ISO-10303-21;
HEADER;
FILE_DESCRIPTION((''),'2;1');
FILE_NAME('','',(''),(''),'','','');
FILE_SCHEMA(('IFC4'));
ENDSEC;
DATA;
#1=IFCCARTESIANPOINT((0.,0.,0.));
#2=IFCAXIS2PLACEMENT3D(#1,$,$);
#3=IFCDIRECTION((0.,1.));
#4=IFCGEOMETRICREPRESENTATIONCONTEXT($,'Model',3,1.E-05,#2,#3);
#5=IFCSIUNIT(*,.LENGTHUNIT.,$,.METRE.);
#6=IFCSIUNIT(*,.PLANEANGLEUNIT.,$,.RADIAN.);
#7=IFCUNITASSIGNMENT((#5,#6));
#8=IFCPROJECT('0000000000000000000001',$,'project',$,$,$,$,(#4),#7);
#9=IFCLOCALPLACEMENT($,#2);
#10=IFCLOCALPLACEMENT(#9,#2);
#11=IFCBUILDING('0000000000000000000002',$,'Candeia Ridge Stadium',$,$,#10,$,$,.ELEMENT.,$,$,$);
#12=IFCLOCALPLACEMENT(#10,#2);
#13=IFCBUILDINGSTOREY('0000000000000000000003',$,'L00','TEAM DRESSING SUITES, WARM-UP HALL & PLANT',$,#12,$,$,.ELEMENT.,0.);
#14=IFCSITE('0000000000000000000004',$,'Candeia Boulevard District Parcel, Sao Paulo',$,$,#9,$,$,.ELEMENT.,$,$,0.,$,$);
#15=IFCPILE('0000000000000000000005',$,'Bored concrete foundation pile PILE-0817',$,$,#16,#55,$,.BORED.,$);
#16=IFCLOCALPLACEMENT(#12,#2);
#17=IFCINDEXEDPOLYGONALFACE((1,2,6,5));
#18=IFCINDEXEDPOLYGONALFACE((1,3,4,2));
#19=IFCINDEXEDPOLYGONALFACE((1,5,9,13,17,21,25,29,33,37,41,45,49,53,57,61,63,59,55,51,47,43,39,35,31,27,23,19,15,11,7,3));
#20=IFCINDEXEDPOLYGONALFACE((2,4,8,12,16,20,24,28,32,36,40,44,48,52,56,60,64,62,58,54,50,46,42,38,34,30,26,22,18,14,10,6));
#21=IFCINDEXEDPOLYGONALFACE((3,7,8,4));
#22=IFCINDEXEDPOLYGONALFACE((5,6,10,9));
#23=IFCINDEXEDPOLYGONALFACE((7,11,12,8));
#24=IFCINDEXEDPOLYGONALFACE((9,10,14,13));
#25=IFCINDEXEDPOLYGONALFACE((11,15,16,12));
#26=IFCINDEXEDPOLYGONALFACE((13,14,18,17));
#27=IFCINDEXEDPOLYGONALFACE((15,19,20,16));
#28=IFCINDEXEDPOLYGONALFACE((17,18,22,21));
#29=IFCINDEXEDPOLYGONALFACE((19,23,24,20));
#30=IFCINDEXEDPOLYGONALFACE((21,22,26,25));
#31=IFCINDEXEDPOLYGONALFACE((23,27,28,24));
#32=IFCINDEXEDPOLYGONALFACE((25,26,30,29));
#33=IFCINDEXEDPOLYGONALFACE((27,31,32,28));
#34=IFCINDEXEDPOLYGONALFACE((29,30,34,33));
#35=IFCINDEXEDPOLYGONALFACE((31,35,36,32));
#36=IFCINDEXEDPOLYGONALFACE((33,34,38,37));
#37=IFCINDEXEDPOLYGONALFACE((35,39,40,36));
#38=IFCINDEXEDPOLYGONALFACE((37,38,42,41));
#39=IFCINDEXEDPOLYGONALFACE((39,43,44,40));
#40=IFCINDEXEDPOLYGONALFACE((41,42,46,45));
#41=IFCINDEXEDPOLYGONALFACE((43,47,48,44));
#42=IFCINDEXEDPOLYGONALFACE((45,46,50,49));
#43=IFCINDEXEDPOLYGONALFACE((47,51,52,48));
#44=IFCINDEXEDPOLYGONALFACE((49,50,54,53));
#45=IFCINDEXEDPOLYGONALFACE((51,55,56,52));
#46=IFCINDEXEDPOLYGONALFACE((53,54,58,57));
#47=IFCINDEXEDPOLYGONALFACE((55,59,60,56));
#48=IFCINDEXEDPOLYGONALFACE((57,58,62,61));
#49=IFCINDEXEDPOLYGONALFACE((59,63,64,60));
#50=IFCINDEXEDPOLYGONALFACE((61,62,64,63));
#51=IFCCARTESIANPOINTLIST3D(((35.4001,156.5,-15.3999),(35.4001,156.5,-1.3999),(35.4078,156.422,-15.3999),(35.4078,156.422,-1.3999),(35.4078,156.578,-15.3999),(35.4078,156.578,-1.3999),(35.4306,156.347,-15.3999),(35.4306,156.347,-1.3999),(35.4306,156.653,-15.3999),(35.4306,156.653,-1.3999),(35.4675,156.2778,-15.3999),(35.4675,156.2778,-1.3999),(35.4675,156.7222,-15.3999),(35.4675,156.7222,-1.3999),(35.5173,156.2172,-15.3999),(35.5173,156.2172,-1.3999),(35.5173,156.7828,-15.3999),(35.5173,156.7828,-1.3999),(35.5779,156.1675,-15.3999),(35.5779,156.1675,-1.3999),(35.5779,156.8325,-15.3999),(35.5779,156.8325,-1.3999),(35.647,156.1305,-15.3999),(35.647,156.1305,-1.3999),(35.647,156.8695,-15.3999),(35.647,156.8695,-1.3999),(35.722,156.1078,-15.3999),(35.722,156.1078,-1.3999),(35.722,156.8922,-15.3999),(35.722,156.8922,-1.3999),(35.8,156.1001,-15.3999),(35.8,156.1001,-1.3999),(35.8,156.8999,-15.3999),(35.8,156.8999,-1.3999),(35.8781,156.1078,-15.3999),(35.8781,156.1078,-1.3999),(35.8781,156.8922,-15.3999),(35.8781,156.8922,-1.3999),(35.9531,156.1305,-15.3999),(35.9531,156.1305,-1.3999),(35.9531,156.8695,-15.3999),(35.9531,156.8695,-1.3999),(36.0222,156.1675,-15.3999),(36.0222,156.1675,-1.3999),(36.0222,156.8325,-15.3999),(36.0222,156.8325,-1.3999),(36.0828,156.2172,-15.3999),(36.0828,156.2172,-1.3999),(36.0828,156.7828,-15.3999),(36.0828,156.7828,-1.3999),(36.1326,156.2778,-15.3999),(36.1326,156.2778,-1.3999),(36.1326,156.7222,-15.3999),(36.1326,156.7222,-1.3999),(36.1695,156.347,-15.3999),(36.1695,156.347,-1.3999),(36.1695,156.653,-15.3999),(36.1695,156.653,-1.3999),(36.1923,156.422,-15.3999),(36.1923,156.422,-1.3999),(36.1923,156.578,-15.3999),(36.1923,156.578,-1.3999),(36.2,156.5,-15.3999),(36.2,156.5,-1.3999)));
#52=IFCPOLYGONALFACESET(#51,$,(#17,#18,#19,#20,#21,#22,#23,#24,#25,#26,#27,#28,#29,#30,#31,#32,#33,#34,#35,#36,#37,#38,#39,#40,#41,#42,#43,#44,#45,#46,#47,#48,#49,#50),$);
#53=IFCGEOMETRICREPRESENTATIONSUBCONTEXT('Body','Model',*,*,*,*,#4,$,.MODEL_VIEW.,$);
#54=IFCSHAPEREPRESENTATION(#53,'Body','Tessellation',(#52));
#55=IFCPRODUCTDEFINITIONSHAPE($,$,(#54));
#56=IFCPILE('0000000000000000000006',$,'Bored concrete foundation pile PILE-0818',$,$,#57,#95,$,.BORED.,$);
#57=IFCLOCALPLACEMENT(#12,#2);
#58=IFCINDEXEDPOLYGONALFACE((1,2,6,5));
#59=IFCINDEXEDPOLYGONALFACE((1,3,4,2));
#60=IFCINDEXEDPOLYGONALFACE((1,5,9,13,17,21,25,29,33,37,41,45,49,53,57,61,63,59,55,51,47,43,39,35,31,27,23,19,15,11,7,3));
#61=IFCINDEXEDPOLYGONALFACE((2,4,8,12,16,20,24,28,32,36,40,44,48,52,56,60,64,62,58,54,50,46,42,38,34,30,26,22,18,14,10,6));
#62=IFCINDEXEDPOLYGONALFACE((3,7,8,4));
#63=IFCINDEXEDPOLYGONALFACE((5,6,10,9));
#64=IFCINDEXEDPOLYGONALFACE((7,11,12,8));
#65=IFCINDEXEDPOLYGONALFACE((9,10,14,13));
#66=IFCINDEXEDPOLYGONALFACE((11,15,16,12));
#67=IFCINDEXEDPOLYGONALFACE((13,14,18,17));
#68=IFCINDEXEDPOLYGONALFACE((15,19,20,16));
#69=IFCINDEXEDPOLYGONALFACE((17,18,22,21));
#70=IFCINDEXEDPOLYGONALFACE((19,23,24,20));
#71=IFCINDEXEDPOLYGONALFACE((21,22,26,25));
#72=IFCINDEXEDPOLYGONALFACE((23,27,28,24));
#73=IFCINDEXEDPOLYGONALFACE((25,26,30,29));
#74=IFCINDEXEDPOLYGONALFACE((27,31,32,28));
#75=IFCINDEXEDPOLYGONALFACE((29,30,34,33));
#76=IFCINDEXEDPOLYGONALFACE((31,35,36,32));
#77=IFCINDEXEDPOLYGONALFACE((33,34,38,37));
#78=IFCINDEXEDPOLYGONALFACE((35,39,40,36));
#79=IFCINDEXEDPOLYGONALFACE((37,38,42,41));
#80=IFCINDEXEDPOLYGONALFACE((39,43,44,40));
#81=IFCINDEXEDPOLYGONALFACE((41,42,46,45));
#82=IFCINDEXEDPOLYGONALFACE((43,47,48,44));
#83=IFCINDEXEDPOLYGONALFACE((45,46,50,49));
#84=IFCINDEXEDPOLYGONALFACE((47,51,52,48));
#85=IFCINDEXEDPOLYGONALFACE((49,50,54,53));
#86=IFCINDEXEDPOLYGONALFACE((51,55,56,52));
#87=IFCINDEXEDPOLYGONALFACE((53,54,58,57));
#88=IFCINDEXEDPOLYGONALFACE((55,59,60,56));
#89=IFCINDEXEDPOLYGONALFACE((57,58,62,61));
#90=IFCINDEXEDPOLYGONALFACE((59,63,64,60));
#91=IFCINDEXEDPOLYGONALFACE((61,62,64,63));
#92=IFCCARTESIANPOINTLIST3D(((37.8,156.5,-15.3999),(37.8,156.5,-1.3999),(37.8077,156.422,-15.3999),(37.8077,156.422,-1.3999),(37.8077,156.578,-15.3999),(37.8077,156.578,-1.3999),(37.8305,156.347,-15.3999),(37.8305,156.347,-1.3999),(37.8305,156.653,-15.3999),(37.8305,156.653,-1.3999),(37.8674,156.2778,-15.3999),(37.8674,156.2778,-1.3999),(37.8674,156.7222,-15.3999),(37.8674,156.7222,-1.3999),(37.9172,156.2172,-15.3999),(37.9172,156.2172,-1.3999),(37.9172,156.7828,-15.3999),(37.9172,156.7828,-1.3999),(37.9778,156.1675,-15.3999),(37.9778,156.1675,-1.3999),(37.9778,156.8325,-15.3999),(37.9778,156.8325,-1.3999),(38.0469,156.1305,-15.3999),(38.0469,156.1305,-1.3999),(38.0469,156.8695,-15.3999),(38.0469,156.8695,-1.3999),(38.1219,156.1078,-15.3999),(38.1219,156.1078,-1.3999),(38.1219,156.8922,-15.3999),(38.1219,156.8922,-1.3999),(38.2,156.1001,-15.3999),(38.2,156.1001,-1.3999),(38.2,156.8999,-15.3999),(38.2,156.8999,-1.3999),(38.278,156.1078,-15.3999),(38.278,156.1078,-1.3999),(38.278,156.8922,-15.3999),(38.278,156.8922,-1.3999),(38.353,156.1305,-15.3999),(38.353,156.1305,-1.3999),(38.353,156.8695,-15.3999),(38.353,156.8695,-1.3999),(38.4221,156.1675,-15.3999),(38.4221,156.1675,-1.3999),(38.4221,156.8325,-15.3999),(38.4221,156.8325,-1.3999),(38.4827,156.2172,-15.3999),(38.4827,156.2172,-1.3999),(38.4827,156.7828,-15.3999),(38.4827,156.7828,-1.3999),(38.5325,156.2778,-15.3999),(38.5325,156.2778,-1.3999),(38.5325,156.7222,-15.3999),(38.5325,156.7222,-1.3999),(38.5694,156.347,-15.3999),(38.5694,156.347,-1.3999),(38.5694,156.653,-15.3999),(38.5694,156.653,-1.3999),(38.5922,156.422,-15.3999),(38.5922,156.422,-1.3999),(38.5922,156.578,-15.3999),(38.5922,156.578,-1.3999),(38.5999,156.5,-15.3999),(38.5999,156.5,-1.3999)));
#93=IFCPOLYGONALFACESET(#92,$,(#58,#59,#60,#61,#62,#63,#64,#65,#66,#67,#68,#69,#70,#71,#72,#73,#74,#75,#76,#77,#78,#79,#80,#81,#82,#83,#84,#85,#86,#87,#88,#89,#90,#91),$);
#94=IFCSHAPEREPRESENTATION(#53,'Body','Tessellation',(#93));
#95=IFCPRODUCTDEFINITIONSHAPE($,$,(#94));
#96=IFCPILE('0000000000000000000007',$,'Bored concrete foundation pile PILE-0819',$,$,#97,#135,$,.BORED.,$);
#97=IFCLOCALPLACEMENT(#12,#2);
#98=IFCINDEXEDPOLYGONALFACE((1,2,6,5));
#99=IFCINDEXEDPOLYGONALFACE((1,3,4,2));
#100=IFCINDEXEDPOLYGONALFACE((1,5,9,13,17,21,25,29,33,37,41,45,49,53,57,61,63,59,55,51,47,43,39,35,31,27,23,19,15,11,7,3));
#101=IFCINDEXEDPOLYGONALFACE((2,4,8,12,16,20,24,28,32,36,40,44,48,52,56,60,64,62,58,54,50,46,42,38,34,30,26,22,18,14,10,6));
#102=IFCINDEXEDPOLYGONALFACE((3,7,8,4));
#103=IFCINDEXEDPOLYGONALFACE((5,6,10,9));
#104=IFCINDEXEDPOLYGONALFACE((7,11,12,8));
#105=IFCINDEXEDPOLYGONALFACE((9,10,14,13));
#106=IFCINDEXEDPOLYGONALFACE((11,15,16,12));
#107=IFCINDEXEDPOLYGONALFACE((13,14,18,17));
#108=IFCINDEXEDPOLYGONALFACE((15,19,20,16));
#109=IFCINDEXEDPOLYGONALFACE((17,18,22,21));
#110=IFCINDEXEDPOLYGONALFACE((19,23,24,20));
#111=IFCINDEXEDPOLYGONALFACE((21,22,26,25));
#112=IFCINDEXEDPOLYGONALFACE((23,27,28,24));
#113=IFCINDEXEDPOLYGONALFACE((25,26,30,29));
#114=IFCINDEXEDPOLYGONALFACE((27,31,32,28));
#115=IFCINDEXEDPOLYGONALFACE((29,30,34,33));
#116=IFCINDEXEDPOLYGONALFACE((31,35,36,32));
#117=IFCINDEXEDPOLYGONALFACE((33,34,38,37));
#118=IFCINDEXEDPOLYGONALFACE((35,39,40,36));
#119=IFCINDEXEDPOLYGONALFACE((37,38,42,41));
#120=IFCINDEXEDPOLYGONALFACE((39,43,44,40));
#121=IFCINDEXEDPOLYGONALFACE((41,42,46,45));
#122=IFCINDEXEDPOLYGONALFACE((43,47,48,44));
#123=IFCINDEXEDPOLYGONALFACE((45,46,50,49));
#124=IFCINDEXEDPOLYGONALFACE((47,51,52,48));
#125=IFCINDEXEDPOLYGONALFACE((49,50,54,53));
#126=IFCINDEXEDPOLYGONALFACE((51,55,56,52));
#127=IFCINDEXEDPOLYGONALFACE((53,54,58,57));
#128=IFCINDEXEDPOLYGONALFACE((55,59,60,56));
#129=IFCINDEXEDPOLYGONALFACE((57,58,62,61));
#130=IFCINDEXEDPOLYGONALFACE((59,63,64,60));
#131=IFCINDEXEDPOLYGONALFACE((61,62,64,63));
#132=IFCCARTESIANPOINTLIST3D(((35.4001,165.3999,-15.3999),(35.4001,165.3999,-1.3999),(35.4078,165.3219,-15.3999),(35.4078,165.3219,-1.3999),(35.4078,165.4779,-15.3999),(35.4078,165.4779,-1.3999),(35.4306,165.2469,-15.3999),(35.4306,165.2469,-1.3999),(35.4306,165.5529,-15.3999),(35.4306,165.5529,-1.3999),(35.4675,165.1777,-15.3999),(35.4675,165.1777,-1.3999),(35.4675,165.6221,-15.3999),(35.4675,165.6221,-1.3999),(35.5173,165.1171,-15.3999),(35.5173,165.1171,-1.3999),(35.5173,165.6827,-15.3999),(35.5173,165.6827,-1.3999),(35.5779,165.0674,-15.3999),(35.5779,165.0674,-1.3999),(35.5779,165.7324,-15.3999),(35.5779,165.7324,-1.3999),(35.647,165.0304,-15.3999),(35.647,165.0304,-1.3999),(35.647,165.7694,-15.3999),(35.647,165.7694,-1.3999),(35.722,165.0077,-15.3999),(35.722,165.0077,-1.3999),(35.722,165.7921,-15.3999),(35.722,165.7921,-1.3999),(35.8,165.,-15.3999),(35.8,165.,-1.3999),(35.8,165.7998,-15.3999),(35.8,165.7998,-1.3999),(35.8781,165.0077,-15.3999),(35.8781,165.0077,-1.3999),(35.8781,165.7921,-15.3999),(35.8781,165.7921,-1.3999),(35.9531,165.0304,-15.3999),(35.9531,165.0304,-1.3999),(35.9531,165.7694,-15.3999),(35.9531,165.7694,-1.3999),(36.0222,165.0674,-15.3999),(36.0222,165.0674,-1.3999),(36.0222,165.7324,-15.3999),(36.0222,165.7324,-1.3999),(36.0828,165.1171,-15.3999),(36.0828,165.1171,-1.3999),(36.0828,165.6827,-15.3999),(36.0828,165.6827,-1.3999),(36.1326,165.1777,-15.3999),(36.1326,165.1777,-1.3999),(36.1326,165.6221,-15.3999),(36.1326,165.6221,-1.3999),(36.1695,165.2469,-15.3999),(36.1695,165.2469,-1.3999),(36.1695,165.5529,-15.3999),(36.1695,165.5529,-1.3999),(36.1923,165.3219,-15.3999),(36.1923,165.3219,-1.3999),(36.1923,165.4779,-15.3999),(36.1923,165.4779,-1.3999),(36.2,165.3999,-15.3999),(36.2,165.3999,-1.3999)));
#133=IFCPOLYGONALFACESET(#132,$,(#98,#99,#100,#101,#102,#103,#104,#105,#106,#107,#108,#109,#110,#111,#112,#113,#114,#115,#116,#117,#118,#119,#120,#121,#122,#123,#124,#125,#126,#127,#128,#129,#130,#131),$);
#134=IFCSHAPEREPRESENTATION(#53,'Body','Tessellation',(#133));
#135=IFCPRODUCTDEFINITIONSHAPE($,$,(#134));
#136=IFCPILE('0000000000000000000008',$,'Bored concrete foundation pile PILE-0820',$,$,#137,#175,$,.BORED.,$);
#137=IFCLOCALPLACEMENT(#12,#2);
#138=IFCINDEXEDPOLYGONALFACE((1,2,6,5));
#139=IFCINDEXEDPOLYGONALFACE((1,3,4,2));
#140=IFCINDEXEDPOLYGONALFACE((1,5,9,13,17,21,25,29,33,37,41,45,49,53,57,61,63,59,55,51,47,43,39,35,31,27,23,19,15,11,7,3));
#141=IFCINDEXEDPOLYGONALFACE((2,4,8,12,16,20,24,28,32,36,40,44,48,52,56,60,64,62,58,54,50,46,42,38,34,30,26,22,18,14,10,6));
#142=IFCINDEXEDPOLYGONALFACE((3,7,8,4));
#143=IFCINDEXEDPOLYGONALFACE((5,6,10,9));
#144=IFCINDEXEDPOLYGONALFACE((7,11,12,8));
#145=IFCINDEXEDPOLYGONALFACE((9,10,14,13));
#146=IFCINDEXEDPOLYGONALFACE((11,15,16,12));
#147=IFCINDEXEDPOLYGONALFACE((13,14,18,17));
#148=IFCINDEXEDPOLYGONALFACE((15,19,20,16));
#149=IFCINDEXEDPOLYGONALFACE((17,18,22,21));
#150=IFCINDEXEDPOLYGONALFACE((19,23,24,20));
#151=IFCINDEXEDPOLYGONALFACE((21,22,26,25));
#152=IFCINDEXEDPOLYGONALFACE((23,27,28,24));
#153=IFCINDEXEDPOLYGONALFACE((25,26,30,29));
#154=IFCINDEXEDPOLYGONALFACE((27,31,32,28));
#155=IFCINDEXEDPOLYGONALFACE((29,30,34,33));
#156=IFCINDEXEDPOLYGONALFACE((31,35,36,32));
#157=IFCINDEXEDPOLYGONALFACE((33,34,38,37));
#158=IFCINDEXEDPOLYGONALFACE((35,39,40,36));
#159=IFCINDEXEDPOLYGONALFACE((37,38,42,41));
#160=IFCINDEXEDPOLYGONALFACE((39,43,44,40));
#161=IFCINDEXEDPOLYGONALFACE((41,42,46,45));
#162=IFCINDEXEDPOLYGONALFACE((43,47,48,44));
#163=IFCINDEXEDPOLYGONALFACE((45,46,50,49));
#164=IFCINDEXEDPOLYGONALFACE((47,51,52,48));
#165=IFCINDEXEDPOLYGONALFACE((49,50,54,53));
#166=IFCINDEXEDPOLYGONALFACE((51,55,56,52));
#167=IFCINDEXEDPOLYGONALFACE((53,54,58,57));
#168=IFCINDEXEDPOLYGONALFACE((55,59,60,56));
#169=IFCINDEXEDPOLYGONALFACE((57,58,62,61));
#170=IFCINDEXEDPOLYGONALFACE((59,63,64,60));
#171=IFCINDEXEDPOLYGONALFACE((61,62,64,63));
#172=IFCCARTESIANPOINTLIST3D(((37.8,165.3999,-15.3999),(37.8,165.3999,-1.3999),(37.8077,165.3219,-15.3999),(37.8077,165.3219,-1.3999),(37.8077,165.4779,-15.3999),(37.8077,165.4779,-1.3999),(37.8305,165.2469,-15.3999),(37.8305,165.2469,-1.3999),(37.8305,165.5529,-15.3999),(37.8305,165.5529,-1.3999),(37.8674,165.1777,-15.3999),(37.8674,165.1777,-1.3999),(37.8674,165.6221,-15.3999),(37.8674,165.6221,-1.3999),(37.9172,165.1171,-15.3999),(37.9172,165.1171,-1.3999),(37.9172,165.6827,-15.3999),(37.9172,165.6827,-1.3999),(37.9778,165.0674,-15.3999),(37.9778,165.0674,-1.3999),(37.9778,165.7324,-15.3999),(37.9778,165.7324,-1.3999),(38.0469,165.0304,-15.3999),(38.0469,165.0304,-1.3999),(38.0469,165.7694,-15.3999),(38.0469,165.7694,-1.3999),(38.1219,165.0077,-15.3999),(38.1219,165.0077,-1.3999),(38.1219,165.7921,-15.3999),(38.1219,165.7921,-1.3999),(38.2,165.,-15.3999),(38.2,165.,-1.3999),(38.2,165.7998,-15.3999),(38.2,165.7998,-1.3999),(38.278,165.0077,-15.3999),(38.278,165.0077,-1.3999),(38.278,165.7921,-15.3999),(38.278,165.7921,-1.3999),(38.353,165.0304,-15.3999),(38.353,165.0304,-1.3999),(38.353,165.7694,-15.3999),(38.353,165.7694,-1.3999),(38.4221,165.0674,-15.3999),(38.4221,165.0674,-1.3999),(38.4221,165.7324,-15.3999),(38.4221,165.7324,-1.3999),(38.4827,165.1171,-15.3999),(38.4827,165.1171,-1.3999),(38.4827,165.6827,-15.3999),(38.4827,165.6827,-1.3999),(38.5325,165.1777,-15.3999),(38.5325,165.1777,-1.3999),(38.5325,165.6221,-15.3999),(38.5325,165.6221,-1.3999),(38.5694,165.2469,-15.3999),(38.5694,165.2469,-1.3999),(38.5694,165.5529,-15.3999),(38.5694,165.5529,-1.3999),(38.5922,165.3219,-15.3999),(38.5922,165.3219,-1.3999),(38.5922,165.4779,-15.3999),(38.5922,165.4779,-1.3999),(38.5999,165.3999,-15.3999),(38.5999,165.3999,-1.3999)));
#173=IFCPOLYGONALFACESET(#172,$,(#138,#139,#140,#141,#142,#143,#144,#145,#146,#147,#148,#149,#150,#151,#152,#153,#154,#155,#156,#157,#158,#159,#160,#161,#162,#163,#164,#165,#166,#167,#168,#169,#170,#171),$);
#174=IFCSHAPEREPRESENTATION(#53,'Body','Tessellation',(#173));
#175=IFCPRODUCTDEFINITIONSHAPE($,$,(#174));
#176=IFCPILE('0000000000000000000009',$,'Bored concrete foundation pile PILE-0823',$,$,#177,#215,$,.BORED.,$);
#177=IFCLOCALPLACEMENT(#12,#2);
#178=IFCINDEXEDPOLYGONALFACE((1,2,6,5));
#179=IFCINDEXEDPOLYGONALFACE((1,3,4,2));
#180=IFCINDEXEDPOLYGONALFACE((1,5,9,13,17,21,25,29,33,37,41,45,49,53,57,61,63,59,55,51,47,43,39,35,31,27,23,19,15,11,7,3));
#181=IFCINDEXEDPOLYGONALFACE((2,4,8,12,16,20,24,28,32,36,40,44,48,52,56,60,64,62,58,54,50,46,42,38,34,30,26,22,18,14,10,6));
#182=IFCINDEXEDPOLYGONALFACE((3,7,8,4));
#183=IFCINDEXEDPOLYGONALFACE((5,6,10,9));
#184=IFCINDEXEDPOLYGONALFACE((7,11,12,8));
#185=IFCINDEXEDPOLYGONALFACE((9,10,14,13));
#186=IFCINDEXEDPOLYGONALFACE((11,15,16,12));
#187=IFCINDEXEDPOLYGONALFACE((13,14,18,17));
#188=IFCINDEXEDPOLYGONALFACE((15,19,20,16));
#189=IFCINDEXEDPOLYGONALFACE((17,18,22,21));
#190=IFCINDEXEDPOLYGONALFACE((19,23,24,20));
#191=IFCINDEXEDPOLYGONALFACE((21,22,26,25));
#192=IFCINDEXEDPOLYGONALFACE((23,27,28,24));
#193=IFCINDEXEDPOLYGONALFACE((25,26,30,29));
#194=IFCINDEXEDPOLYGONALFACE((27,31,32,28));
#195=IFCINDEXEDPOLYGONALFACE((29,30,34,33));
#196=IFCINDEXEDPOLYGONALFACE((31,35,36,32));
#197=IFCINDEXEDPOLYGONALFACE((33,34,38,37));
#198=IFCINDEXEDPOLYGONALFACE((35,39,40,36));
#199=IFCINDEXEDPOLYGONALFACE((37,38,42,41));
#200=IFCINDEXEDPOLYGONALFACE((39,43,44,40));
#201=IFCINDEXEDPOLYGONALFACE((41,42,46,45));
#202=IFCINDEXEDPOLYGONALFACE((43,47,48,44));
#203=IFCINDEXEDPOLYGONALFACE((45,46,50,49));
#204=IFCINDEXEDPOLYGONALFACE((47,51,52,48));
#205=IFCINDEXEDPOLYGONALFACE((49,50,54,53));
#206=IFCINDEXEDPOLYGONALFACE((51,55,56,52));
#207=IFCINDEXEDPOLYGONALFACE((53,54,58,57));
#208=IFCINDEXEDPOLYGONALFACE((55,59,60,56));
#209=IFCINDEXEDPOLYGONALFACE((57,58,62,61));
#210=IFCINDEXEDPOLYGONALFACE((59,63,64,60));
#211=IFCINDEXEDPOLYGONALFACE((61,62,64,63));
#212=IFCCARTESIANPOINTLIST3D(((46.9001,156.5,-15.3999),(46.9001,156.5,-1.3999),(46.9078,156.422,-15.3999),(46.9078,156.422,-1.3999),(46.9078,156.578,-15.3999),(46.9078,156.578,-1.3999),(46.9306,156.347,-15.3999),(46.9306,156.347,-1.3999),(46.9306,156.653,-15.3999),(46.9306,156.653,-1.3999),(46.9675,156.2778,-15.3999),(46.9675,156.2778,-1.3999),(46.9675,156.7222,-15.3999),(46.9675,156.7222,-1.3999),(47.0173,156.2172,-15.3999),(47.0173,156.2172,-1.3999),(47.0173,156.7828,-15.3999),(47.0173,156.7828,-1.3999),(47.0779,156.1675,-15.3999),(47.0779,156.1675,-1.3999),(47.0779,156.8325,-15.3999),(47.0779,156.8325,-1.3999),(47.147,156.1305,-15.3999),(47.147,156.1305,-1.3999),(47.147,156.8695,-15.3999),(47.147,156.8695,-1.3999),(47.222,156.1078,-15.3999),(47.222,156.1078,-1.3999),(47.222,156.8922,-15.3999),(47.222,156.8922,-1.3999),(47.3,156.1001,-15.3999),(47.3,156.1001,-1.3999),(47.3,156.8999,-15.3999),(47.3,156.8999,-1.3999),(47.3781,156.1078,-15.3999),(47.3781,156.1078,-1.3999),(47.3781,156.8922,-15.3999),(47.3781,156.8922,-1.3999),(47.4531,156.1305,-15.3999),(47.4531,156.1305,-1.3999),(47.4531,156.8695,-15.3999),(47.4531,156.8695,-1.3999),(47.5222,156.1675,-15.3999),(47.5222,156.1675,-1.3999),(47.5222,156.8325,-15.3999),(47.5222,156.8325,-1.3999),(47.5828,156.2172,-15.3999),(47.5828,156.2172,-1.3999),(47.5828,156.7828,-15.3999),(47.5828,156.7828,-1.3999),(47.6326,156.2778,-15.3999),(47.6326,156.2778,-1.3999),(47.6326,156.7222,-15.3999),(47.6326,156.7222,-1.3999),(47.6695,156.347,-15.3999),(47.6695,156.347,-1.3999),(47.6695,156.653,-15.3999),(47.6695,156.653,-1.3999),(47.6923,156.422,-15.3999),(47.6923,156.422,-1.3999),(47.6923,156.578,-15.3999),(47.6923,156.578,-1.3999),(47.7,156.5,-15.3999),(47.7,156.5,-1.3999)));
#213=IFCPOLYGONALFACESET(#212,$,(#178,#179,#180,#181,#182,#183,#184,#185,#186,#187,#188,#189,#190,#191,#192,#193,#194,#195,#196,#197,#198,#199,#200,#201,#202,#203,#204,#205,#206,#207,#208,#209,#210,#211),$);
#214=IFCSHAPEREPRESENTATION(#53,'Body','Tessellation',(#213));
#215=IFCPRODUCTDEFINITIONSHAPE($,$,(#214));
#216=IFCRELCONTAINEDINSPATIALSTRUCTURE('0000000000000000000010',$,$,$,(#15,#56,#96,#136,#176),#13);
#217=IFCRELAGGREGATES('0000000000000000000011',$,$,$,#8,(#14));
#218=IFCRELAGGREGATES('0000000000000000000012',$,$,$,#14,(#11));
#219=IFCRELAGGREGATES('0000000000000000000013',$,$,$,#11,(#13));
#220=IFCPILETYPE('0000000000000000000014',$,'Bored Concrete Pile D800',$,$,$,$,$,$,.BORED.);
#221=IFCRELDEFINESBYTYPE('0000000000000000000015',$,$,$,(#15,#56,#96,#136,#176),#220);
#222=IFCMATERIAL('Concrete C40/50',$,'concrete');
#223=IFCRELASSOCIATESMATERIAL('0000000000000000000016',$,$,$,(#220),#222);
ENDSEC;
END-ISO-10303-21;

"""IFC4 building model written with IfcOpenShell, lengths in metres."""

from ifc_helpers import new_model, si_unit, direction, frame, origin, origin_2d, place, context, subcontext, project, spatial, circle, extrude, material, material_profile, profile_set, type_object, element, save


model = new_model("IFC4")

# Units and contexts
model_context = context("Model", 3, precision=1e-05, world=origin(), true_north=direction((0.0, 1.0)))
body_context = subcontext(model_context, "Body", "Model", "MODEL_VIEW")
ifc_project = project(units=[si_unit("LENGTHUNIT", "METRE"), si_unit("PLANEANGLEUNIT", "RADIAN")], contexts=[model_context])

# Site, building, storey
site_placement = place(None, origin())
site = spatial("IfcSite", under=ifc_project, at=site_placement, Name="Candeia Boulevard District Parcel, Sao Paulo", CompositionType="ELEMENT", RefElevation=0.0)
building_placement = place(site_placement, origin())
building = spatial("IfcBuilding", under=site, at=building_placement, Name="Candeia Ridge Stadium", CompositionType="ELEMENT")
storey_placement = place(building_placement, origin())
storey = spatial("IfcBuildingStorey", under=building, at=storey_placement, Name="L00", Description="TEAM DRESSING SUITES, WARM-UP HALL & PLANT", CompositionType="ELEMENT", Elevation=0.0)

# Piles
ifc_material_1 = material(Name="Concrete C40/50", Category="concrete")
ifc_material_profile_1 = material_profile(ifc_material_1, circle(Radius=0.3999, at=origin_2d()), Name="PILE-D800", Category="concrete")
ifc_profile_set_1 = profile_set([ifc_material_profile_1], Name="Concrete C40/50")
pile_type = type_object("IfcPileType", Name="Bored Concrete Pile D800", PredefinedType="BORED", material=ifc_profile_set_1)
for number, where, z_axis, x_axis, name in (
    (1, (35.8, 156.5, -1.3999), (0.0, 0.0, -1.0), (1.0, 0.0, 0.0), "Bored concrete foundation pile PILE-0817"),
    (2, (38.2, 156.5, -1.3999), (0.0, 0.0, -1.0), (1.0, 0.0, 0.0), "Bored concrete foundation pile PILE-0818"),
    (3, (35.8, 165.3999, -1.3999), (0.0, 0.0, -1.0), (1.0, 0.0, 0.0), "Bored concrete foundation pile PILE-0819"),
    (4, (38.2, 165.3999, -1.3999), (0.0, 0.0, -1.0), (1.0, 0.0, 0.0), "Bored concrete foundation pile PILE-0820"),
    (5, (47.3, 156.5, -1.3999), (0.0, 0.0, -1.0), (1.0, 0.0, 0.0), "Bored concrete foundation pile PILE-0823"),
):
    element("IfcPile", number, at=place(storey_placement, frame(where, z_axis=z_axis, x_axis=x_axis)), inside=storey, type_object=pile_type, Name=name, PredefinedType="BORED", context=body_context, shape_type="SweptSolid", body=[
        extrude(circle(Radius=0.3999, at=origin_2d()), origin(), (0.0, 0.0, 1.0), 14.0),
    ])

save(model, "model.ifc")
